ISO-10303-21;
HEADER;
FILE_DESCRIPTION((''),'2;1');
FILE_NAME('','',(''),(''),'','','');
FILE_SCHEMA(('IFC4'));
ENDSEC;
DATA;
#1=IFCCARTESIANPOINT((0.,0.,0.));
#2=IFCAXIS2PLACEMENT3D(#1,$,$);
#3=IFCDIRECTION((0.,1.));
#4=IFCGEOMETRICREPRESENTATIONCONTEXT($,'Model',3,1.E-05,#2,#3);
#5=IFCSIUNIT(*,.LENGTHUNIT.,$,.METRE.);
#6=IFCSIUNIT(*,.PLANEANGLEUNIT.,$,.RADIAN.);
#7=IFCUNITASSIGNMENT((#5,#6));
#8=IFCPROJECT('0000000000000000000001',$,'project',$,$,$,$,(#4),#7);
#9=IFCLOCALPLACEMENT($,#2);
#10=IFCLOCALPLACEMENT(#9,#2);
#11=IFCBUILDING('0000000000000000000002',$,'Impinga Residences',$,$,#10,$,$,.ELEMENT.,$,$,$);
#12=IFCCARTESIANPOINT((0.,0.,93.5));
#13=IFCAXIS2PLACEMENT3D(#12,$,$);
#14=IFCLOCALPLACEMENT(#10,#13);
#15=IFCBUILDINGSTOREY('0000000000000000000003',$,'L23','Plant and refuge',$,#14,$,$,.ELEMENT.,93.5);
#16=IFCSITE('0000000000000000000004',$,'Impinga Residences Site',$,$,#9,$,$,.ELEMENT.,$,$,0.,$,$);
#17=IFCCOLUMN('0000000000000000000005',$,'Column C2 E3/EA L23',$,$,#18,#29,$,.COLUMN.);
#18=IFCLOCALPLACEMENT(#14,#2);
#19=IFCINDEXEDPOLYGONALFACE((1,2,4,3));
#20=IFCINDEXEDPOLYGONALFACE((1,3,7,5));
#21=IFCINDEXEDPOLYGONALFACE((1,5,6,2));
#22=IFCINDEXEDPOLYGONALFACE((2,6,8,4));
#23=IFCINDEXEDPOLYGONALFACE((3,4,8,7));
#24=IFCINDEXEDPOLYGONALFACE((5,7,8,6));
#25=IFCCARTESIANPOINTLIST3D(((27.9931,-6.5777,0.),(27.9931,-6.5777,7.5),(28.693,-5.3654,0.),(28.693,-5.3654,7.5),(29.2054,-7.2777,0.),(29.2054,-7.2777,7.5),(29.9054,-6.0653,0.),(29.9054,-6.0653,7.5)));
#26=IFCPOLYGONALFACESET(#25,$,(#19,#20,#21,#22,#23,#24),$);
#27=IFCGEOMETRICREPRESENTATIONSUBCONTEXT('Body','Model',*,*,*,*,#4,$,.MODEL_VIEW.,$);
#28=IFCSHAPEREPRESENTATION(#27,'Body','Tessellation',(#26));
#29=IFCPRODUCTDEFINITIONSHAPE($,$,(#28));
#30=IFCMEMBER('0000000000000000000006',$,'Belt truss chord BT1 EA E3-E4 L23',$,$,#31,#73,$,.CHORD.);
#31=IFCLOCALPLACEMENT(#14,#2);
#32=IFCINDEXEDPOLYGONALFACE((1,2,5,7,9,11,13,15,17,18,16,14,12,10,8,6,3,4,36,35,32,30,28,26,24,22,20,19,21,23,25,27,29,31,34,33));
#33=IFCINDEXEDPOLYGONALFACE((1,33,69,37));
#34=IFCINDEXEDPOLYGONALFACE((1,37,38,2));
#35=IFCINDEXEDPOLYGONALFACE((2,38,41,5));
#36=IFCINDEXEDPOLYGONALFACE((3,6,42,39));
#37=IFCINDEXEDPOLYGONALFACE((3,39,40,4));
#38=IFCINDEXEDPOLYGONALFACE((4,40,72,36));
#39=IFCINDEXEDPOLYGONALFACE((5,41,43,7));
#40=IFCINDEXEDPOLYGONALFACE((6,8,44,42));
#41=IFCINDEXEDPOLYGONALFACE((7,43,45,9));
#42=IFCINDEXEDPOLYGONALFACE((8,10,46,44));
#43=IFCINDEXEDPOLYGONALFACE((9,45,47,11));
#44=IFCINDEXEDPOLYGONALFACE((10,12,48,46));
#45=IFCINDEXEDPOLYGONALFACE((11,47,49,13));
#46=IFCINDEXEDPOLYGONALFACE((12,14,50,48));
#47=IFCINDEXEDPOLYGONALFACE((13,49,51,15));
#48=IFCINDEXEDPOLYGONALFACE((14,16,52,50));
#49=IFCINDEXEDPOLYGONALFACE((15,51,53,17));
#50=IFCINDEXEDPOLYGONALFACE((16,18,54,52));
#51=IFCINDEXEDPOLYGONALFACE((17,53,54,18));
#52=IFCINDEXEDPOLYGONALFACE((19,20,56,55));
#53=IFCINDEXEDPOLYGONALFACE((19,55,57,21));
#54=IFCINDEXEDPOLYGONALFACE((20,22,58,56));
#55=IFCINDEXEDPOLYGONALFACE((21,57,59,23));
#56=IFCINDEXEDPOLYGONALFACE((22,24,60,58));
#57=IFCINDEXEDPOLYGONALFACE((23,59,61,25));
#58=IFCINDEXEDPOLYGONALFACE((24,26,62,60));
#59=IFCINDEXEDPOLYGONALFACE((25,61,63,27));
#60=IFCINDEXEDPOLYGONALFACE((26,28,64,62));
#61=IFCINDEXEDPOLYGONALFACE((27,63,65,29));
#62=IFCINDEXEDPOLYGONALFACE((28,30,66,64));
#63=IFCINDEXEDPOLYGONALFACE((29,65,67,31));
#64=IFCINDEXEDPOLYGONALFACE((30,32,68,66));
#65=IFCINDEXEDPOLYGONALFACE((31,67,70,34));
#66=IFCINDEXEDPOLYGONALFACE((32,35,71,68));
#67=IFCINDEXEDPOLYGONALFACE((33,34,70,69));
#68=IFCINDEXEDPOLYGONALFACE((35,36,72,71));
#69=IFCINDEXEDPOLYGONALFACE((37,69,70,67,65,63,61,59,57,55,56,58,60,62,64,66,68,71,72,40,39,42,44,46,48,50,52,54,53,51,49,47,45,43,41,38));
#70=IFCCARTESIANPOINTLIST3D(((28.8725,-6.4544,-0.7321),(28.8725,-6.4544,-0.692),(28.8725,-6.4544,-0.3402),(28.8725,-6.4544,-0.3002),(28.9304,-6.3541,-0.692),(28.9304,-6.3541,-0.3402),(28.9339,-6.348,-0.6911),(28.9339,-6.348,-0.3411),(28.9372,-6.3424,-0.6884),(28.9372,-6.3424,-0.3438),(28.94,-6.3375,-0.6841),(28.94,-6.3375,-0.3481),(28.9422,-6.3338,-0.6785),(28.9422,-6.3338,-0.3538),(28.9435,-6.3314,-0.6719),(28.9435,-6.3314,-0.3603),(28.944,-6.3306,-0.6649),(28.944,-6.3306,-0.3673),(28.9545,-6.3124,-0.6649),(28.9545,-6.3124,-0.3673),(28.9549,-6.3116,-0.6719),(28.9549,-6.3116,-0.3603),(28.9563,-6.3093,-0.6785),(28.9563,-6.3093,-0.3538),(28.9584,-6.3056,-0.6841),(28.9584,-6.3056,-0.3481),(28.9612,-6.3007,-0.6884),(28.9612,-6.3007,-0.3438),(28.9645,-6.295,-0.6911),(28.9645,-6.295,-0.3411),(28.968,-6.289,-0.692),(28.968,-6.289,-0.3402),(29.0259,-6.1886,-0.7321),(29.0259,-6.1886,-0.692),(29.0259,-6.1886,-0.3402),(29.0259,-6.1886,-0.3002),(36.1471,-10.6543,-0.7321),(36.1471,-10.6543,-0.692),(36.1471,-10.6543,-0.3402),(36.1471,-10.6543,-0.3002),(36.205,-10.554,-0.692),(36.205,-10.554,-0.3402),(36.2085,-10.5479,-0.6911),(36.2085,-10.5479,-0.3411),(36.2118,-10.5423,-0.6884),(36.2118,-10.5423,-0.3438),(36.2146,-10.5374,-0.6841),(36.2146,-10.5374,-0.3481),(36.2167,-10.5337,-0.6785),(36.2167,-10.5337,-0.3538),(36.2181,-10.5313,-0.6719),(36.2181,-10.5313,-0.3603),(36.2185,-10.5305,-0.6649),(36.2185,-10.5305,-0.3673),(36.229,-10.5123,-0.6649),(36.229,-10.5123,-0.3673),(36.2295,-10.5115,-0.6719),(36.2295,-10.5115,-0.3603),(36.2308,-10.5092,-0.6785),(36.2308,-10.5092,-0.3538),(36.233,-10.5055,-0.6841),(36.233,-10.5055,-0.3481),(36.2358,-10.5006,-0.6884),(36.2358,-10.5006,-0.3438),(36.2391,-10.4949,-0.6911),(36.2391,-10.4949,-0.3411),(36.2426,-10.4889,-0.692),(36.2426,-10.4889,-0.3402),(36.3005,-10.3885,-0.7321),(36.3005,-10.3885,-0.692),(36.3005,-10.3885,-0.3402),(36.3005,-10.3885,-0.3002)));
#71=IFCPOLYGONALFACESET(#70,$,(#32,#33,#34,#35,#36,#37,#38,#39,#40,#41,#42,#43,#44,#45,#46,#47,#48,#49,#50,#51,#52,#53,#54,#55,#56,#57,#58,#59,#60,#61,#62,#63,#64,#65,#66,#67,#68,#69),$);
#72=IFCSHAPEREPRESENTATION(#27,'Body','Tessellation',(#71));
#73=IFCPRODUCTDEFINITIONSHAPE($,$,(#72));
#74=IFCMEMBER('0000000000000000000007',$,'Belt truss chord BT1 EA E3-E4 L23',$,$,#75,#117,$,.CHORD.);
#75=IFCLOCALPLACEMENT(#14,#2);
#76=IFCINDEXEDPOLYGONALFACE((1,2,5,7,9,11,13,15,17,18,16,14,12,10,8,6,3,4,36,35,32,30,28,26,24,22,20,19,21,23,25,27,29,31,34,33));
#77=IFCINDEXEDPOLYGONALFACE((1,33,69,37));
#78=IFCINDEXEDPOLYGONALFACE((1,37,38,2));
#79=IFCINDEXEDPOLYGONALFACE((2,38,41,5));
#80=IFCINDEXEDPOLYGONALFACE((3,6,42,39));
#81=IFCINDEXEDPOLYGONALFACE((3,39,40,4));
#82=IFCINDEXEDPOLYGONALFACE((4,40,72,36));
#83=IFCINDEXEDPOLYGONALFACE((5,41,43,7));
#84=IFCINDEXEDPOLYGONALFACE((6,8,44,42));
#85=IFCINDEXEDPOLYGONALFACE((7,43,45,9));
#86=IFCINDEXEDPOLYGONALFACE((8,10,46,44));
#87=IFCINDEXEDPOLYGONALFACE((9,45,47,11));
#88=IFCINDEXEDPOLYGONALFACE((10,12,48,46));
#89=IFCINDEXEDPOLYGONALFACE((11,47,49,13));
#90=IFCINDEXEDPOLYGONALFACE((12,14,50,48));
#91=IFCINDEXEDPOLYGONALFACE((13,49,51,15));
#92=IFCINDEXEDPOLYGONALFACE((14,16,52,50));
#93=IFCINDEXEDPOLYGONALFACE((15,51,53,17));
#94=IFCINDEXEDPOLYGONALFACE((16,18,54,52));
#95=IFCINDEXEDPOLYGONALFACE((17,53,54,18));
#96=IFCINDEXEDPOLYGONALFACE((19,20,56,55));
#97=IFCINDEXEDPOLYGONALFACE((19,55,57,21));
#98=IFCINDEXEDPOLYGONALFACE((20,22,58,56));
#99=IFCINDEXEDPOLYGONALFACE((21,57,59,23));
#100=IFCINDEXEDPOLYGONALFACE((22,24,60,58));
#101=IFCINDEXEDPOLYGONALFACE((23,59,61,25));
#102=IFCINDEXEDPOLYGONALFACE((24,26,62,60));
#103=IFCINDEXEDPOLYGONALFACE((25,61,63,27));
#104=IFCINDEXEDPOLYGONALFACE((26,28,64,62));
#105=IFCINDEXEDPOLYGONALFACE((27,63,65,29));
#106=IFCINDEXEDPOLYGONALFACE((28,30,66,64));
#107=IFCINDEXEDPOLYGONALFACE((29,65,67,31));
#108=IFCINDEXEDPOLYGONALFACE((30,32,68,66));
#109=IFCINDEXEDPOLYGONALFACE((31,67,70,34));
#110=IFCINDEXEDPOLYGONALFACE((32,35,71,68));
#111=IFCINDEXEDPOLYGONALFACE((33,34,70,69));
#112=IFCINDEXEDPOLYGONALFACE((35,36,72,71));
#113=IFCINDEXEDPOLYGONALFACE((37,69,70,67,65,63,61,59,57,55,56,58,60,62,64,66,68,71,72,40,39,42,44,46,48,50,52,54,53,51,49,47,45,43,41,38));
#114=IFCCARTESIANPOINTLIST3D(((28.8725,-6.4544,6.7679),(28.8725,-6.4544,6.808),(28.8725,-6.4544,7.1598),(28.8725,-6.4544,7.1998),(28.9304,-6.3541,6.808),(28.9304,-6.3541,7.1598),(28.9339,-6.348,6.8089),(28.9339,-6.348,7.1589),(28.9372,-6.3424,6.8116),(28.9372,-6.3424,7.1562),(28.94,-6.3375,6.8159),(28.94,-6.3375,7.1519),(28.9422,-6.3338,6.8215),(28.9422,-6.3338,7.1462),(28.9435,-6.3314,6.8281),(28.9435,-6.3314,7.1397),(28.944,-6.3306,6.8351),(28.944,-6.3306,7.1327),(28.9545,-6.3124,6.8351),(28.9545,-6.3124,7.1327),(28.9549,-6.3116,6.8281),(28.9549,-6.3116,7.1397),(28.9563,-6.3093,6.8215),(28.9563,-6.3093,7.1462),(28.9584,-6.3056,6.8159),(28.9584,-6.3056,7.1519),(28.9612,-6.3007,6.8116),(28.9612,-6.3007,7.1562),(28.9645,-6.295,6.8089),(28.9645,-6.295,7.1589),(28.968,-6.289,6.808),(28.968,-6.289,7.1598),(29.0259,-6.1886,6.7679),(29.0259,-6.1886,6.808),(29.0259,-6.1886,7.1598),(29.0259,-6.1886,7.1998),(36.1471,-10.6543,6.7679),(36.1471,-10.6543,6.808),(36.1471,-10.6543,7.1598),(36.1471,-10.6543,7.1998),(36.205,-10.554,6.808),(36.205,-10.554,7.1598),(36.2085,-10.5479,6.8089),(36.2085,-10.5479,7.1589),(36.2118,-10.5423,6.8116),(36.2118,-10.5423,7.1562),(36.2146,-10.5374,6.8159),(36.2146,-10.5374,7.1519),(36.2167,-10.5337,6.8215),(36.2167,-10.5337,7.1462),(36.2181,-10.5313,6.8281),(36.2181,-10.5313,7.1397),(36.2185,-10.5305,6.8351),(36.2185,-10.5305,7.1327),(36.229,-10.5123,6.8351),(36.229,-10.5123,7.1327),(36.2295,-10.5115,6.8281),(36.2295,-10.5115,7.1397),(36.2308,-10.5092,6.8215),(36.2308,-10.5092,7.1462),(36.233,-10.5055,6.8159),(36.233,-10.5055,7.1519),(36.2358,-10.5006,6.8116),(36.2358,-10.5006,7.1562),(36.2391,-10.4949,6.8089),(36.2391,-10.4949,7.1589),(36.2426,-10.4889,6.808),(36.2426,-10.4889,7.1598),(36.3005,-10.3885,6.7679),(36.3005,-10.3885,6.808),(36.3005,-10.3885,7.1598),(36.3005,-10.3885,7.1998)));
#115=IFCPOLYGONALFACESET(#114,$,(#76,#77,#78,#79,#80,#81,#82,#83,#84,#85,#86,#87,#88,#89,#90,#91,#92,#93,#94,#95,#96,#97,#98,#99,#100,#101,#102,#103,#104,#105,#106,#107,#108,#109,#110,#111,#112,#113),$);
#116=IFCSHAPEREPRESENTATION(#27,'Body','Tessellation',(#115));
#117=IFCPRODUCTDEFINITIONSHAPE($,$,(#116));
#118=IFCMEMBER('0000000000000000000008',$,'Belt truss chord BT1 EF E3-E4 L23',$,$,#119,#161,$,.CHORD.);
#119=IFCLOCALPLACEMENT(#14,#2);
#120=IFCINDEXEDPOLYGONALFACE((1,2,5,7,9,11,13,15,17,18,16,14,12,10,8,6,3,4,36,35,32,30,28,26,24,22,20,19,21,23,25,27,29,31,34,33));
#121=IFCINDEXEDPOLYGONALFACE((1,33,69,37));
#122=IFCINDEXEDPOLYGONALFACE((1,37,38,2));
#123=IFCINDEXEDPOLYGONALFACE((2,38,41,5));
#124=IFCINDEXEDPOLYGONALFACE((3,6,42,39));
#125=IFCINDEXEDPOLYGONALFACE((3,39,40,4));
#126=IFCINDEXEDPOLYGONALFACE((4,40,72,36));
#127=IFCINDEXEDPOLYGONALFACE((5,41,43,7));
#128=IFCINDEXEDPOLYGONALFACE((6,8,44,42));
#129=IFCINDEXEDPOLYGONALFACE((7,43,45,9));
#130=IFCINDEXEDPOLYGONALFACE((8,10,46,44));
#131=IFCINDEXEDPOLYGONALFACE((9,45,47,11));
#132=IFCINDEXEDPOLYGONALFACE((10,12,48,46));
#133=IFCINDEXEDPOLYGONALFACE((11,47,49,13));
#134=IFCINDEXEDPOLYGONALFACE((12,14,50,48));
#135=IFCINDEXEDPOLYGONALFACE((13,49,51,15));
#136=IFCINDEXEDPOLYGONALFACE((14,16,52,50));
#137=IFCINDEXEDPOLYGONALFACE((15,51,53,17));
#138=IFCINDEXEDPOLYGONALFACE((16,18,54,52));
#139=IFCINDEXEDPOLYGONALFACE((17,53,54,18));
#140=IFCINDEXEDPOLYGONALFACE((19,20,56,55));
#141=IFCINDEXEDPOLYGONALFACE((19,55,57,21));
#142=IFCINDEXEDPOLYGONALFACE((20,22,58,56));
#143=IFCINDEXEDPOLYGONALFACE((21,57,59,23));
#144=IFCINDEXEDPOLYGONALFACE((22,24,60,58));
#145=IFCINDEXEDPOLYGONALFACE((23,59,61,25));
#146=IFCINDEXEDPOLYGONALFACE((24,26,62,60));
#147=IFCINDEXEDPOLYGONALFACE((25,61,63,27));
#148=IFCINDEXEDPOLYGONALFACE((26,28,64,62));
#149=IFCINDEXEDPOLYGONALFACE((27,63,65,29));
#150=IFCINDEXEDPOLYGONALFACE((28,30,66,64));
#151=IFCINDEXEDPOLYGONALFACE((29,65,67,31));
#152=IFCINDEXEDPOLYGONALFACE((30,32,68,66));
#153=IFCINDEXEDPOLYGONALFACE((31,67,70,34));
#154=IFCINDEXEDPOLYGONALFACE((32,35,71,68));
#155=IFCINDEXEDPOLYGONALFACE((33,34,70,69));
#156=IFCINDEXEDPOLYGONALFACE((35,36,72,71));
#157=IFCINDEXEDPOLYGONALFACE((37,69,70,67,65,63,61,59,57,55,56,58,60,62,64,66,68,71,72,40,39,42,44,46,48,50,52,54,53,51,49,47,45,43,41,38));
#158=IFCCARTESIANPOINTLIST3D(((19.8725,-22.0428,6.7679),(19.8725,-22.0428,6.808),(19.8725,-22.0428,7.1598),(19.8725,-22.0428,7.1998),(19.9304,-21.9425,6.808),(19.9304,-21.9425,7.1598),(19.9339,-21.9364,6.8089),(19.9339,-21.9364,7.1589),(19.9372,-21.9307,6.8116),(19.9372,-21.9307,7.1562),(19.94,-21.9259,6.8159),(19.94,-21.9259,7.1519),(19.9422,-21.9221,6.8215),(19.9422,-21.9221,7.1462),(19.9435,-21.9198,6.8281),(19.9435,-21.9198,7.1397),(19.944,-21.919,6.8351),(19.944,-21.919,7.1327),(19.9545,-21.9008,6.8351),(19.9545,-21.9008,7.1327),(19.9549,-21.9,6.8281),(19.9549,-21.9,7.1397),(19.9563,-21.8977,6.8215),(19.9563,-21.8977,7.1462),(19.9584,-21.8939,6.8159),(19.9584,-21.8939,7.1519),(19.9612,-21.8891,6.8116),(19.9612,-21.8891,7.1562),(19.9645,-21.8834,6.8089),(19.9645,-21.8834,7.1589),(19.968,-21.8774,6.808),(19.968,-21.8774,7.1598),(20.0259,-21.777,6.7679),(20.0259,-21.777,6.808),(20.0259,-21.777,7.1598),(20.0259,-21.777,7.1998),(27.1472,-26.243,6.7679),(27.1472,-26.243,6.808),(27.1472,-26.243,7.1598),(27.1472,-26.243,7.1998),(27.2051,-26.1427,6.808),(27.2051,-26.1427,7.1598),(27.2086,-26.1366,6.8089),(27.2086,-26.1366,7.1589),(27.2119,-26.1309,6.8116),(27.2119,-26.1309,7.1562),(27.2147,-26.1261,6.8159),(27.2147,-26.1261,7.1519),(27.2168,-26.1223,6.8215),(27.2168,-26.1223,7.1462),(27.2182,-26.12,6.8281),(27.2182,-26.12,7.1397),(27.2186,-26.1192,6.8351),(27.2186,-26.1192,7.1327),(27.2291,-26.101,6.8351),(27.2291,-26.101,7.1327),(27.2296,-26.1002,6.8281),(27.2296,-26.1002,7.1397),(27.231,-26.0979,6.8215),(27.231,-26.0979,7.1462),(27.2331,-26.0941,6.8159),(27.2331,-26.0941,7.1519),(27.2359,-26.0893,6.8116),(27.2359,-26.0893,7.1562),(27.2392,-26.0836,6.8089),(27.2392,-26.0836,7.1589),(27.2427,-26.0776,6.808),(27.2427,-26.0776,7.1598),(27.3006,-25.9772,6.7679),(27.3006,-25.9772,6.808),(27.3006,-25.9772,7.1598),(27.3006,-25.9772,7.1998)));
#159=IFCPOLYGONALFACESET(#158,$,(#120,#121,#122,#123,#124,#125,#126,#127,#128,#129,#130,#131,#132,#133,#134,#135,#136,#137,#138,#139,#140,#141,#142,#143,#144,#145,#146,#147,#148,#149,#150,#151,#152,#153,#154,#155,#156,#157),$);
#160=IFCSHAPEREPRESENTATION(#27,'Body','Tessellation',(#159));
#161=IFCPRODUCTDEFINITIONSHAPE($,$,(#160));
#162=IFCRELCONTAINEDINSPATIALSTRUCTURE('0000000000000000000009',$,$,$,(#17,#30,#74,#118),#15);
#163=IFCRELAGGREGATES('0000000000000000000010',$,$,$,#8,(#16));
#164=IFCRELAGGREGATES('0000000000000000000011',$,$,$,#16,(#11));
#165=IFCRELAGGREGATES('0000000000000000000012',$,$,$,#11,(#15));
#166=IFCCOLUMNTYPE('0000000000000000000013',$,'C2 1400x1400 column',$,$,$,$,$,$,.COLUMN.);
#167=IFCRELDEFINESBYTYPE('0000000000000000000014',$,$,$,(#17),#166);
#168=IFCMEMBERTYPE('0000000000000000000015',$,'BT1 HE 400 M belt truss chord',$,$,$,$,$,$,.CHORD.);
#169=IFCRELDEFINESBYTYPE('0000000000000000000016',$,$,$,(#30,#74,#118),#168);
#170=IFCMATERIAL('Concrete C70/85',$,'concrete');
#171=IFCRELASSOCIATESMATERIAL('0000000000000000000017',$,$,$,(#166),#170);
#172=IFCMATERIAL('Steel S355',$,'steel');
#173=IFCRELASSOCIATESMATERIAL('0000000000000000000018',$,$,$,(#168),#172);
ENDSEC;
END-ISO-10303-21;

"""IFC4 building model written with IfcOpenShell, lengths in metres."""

from ifc_helpers import new_model, si_unit, direction, frame, origin, origin_2d, place, context, subcontext, project, spatial, rectangle, i_section, extrude, material, material_profile, profile_set, type_object, element, save


model = new_model("IFC4")

# Units and contexts
model_context = context("Model", 3, precision=1e-05, world=origin(), true_north=direction((0.0, 1.0)))
body_context = subcontext(model_context, "Body", "Model", "MODEL_VIEW")
ifc_project = project(units=[si_unit("LENGTHUNIT", "METRE"), si_unit("PLANEANGLEUNIT", "RADIAN")], contexts=[model_context])

# Site, building, storey
site_placement = place(None, origin())
site = spatial("IfcSite", under=ifc_project, at=site_placement, Name="Impinga Residences Site", CompositionType="ELEMENT", RefElevation=0.0)
building_placement = place(site_placement, origin())
building = spatial("IfcBuilding", under=site, at=building_placement, Name="Impinga Residences", CompositionType="ELEMENT")
storey_placement = place(building_placement, frame((0.0, 0.0, 93.5)))
storey = spatial("IfcBuildingStorey", under=building, at=storey_placement, Name="L23", Description="Plant and refuge", CompositionType="ELEMENT", Elevation=93.5)

# Column
ifc_material_1 = material(Name="Concrete C70/85", Category="concrete")
ifc_material_profile_1 = material_profile(ifc_material_1, rectangle(XDim=1.3999, YDim=1.3999, at=origin_2d()), Name="RC 1400x1400")
ifc_profile_set_1 = profile_set([ifc_material_profile_1], Name="Concrete C70/85")
column_type = type_object("IfcColumnType", Name="C2 1400x1400 column", PredefinedType="COLUMN", material=ifc_profile_set_1)
column_placement = place(storey_placement, frame((28.9492, -6.3215, 0.0), z_axis=(0.0, 0.0, 1.0), x_axis=(-0.5, -0.866025, 0.0)))
element("IfcColumn", 1, at=column_placement, inside=storey, type_object=column_type, Name="Column C2 E3/EA L23", PredefinedType="COLUMN", context=body_context, shape_type="SweptSolid", body=[
    extrude(rectangle(XDim=1.3999, YDim=1.3999, at=origin_2d()), origin(), (0.0, 0.0, 1.0), 7.5),
])

# Members
ifc_material_2 = material(Name="Steel S355", Category="steel")
ifc_material_profile_2 = material_profile(ifc_material_2, i_section(OverallWidth=0.3069, OverallDepth=0.4319, WebThickness=0.021, FlangeThickness=0.04, FilletRadius=0.0271, at=origin_2d()), Name="HE 400 M")
ifc_profile_set_2 = profile_set([ifc_material_profile_2], Name="Steel S355")
member_type_1 = type_object("IfcMemberType", Name="BT1 HE 400 M belt truss chord", PredefinedType="CHORD", material=ifc_profile_set_2)
for number, where, z_axis, x_axis, name in (
    (2, (28.9492, -6.3215, -0.5161), (0.866029, -0.499993, 0.0), (0.499993, 0.866029, 0.0), "Belt truss chord BT1 EA E3-E4 L23"),
    (3, (28.9492, -6.3215, 6.9839), (0.866029, -0.499993, 0.0), (0.499993, 0.866029, 0.0), "Belt truss chord BT1 EA E3-E4 L23"),
):
    element("IfcMember", number, at=place(storey_placement, frame(where, z_axis=z_axis, x_axis=x_axis)), inside=storey, type_object=member_type_1, Name=name, PredefinedType="CHORD", context=body_context, shape_type="SweptSolid", body=[
        extrude(i_section(OverallWidth=0.3069, OverallDepth=0.4319, WebThickness=0.021, FlangeThickness=0.04, FilletRadius=0.0271, at=origin_2d()), origin(), (0.0, 0.0, 1.0), 8.3999),
    ])
member_1_placement = place(storey_placement, frame((19.9492, -21.9099, 6.9839), z_axis=(0.866017, -0.500015, 0.0), x_axis=(0.500015, 0.866017, 0.0)))
element("IfcMember", 4, at=member_1_placement, inside=storey, type_object=member_type_1, Name="Belt truss chord BT1 EF E3-E4 L23", PredefinedType="CHORD", context=body_context, shape_type="SweptSolid", body=[
    extrude(i_section(OverallWidth=0.3069, OverallDepth=0.4319, WebThickness=0.021, FlangeThickness=0.04, FilletRadius=0.0271, at=origin_2d()), origin(), (0.0, 0.0, 1.0), 8.4001),
])

save(model, "model.ifc")
